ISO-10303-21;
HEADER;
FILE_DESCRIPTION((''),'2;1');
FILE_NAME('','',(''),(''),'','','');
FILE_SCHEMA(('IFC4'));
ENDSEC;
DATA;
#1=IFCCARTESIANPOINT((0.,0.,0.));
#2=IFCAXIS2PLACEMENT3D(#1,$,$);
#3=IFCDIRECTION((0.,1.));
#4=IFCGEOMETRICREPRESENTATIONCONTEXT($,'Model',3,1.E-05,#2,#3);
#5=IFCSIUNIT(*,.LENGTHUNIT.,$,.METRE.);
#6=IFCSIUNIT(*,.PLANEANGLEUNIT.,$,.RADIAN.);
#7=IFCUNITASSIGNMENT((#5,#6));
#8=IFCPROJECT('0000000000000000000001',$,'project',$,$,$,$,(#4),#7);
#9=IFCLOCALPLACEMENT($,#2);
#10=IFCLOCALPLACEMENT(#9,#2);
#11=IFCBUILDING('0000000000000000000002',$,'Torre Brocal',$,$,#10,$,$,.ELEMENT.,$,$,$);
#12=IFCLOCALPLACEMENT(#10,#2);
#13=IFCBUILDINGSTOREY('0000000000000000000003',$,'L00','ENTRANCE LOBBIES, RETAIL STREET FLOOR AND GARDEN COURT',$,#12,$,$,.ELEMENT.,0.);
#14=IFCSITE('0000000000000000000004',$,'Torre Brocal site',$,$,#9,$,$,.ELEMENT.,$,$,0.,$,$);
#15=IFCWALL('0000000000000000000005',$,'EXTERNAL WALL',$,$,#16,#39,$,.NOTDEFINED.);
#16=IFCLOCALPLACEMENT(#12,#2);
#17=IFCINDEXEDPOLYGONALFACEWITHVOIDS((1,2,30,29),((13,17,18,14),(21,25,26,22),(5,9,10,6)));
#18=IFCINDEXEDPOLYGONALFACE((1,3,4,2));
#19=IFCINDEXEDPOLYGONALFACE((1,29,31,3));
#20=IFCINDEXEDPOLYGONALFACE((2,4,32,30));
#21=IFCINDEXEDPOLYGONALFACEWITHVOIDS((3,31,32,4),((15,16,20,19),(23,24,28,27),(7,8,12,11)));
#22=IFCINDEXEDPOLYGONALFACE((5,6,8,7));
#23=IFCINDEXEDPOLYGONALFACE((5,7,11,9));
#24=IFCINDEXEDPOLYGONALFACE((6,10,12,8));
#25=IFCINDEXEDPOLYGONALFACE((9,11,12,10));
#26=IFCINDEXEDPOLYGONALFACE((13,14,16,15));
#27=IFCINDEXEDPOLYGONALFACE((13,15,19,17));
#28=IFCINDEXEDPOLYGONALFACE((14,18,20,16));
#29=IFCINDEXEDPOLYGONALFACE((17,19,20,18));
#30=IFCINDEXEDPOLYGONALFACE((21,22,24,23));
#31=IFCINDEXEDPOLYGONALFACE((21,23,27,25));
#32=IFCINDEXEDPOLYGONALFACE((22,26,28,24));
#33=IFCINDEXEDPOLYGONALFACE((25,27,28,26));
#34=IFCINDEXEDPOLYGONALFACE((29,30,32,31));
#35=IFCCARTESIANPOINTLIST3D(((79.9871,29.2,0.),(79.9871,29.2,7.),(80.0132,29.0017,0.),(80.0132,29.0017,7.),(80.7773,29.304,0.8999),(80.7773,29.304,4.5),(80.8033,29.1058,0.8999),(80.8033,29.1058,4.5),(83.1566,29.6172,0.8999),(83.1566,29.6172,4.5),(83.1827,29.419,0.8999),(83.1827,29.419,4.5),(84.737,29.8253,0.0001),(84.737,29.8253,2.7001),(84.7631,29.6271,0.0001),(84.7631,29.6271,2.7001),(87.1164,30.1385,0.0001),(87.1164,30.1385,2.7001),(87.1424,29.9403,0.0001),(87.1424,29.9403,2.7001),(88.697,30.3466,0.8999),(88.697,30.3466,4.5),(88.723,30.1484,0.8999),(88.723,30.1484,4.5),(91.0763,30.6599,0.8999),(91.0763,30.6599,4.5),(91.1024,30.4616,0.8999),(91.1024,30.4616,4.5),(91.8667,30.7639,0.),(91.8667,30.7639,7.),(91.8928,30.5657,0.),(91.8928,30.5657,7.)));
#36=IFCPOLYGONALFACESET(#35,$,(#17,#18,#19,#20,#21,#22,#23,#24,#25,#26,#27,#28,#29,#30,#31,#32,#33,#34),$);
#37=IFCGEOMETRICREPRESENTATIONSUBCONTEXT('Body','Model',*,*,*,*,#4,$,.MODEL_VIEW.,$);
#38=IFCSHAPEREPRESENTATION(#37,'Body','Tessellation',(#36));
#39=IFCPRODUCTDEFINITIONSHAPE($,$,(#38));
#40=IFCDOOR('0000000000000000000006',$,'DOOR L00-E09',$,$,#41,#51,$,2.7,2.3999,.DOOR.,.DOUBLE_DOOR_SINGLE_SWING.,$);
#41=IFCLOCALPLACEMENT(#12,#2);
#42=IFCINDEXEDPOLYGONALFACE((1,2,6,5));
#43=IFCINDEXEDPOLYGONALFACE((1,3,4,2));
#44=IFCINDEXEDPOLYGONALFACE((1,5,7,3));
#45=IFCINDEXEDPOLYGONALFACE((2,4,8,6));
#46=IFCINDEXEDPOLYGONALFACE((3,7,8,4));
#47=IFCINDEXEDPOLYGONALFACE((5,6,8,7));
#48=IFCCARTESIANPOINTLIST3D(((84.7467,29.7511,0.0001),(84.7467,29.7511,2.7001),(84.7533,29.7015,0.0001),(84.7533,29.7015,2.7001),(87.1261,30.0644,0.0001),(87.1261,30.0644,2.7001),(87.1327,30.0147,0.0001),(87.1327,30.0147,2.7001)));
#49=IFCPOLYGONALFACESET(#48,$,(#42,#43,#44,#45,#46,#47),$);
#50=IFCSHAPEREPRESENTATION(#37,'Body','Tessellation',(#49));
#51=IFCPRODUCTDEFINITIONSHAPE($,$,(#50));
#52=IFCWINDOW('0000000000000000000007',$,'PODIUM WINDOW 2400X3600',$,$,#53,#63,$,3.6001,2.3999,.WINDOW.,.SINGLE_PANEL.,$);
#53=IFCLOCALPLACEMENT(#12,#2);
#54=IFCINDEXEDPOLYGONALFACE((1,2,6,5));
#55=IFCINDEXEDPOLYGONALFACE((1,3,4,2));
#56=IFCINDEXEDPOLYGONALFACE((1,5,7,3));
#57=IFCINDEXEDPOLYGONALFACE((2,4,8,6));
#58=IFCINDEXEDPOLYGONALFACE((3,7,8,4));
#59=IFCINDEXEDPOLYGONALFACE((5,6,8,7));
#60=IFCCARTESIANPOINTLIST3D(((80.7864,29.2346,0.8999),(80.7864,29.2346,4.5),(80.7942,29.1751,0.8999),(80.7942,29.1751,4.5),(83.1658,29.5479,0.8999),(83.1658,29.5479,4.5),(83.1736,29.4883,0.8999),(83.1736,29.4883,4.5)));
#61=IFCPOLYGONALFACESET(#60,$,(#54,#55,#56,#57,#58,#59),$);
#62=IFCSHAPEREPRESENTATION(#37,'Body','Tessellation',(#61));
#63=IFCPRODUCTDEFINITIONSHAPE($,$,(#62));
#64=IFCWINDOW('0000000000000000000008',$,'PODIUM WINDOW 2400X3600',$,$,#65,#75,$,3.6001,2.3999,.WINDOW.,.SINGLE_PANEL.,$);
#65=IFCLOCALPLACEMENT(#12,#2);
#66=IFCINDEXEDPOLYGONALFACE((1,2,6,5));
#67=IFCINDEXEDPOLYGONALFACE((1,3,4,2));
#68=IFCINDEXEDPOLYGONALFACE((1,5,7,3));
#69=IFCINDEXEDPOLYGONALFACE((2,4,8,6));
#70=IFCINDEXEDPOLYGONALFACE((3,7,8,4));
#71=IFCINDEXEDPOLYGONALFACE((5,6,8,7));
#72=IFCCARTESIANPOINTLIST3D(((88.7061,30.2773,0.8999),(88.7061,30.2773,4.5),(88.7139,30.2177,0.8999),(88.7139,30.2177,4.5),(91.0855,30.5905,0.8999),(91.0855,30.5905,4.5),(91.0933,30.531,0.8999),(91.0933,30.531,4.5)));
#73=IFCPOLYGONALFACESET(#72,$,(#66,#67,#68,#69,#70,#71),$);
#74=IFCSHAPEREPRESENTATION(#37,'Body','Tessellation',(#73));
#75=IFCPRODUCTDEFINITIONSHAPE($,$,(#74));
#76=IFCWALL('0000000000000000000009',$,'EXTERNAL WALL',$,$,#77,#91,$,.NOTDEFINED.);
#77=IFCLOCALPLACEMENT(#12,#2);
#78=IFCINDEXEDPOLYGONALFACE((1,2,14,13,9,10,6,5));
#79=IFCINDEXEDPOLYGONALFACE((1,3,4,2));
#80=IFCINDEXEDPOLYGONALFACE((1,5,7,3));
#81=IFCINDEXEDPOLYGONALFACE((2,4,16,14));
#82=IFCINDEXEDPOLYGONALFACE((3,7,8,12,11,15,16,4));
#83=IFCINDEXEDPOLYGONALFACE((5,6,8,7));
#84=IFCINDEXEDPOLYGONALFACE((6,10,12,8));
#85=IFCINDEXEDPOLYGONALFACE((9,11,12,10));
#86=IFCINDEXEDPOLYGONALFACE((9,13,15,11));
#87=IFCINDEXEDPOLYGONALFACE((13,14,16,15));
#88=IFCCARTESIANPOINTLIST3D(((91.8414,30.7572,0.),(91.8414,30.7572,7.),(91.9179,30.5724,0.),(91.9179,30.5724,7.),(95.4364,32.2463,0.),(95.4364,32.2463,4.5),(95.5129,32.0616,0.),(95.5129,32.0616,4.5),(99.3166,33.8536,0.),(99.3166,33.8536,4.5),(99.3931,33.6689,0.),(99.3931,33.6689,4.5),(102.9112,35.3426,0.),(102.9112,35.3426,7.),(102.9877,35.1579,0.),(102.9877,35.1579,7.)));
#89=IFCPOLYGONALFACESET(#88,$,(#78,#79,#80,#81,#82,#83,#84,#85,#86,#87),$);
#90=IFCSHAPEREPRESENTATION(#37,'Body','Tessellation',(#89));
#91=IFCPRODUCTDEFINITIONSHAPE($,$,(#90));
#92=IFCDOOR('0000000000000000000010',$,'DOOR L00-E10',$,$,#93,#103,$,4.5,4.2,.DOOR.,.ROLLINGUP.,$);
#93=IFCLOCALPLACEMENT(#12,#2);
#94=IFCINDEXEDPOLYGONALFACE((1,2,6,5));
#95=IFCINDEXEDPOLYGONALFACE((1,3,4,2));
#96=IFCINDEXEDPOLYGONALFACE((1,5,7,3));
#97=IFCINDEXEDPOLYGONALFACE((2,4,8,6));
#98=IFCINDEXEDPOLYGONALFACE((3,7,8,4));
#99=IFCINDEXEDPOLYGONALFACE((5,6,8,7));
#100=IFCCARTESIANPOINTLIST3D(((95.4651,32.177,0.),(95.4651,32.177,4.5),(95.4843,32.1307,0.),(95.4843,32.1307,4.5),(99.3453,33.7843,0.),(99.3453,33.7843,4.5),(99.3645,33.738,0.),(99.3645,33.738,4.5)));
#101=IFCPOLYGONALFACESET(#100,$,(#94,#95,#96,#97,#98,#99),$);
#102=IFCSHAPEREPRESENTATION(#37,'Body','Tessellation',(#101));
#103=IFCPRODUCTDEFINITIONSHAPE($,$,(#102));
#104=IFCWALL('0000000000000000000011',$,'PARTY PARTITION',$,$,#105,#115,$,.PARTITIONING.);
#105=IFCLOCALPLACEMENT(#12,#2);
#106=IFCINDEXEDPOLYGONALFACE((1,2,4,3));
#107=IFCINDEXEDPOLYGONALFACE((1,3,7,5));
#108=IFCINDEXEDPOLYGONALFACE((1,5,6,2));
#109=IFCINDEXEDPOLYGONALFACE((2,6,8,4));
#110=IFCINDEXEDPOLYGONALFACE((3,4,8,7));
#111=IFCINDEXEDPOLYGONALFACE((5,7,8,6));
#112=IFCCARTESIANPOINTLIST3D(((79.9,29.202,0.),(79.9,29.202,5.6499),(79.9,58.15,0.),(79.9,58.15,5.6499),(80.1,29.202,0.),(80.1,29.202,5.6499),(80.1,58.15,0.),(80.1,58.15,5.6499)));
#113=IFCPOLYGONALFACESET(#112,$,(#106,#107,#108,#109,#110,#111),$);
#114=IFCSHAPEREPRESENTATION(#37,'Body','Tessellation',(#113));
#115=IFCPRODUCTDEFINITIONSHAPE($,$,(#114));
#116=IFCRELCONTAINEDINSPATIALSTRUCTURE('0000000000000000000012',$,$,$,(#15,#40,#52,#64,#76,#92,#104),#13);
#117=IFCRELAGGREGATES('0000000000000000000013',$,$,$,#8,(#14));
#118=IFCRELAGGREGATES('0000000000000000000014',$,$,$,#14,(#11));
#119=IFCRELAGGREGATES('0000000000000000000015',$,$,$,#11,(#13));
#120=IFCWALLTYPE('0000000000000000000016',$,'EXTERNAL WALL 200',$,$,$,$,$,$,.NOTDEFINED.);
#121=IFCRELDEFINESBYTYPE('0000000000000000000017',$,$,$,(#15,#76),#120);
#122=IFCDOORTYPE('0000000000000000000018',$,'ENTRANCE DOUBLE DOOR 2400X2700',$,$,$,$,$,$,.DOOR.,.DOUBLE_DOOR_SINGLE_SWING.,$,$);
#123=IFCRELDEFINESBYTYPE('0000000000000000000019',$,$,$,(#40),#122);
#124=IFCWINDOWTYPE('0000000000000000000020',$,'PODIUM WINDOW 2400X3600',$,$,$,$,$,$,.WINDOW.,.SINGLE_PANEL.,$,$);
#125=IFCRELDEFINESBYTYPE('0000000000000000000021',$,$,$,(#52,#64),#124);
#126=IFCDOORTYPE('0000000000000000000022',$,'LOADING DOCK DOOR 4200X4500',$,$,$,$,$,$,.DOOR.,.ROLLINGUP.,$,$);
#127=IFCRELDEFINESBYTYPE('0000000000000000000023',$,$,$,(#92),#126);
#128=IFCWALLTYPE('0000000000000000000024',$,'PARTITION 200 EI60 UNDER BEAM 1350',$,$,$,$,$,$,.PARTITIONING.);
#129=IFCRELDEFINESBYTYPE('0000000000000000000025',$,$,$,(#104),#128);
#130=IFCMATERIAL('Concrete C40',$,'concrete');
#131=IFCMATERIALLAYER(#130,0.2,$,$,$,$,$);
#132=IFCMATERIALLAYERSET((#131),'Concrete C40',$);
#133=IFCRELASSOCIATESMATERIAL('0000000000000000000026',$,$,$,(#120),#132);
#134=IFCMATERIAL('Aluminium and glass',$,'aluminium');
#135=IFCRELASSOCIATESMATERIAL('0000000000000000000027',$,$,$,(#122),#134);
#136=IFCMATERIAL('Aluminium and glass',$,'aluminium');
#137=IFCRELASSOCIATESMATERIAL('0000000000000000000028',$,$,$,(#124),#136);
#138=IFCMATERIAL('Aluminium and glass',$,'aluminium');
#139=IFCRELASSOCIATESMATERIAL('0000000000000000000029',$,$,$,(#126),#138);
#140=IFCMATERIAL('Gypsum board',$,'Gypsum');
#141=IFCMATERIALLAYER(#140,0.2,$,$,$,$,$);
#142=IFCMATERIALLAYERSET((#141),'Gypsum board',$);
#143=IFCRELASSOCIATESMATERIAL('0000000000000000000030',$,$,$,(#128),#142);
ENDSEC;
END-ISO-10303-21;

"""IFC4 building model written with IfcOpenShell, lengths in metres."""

from ifc_helpers import new_model, si_unit, direction, frame, frame_2d, origin, place, context, subcontext, project, spatial, rectangle, extrude, material, layer, layer_set, type_object, element, fill, save


model = new_model("IFC4")

# Units and contexts
model_context = context("Model", 3, precision=1e-05, world=origin(), true_north=direction((0.0, 1.0)))
body_context = subcontext(model_context, "Body", "Model", "MODEL_VIEW")
ifc_project = project(units=[si_unit("LENGTHUNIT", "METRE"), si_unit("PLANEANGLEUNIT", "RADIAN")], contexts=[model_context])

# Site, building, storey
site_placement = place(None, origin())
site = spatial("IfcSite", under=ifc_project, at=site_placement, Name="Torre Brocal site", CompositionType="ELEMENT", RefElevation=0.0)
building_placement = place(site_placement, origin())
building = spatial("IfcBuilding", under=site, at=building_placement, Name="Torre Brocal", CompositionType="ELEMENT")
storey_placement = place(building_placement, origin())
storey = spatial("IfcBuildingStorey", under=building, at=storey_placement, Name="L00", Description="ENTRANCE LOBBIES, RETAIL STREET FLOOR AND GARDEN COURT", CompositionType="ELEMENT", Elevation=0.0)

# Wall, openings, door, windows
ifc_material_1 = material(Name="Concrete C40", Category="concrete")
ifc_layer_1 = layer(ifc_material_1, 0.2)
ifc_layer_set_1 = layer_set([ifc_layer_1], Name="Concrete C40")
wall_type_1 = type_object("IfcWallType", Name="EXTERNAL WALL 200", PredefinedType="NOTDEFINED", material=ifc_layer_set_1)
wall_1_placement = place(storey_placement, frame((80.0, 29.1008, 0.0), z_axis=(0.0, 0.0, 1.0), x_axis=(0.991445, 0.130525, 0.0)))
wall_1 = element("IfcWall", 1, at=wall_1_placement, inside=storey, type_object=wall_type_1, Name="EXTERNAL WALL", PredefinedType="NOTDEFINED", context=body_context, shape_type="SweptSolid", body=[
    extrude(rectangle(XDim=11.9822, YDim=0.2, at=frame_2d((5.9912, 0.0))), origin(), (0.0, 0.0, 1.0), 7.0),
])
opening_1_placement = place(wall_1_placement, frame((0.7971, 0.0, 0.8999)))
opening_1 = element("IfcOpeningElement", 2, at=opening_1_placement, cuts=wall_1, PredefinedType="OPENING", context=body_context, shape_type="SweptSolid", body=[
    extrude(rectangle(XDim=2.3999, YDim=3.6001, at=frame_2d((1.2, 1.8))), frame((0.0, 0.1099, 0.0), z_axis=(0.0, -1.0, 0.0), x_axis=(1.0, 0.0, 0.0)), (0.0, 0.0, 1.0), 0.22),
])
opening_2_placement = place(wall_1_placement, frame((4.791, 0.0, 0.0)))
opening_2 = element("IfcOpeningElement", 3, at=opening_2_placement, cuts=wall_1, PredefinedType="OPENING", context=body_context, shape_type="SweptSolid", body=[
    extrude(rectangle(XDim=2.3999, YDim=2.7, at=frame_2d((1.2, 1.3501))), frame((0.0, 0.1099, 0.0), z_axis=(0.0, -1.0, 0.0), x_axis=(1.0, 0.0, 0.0)), (0.0, 0.0, 1.0), 0.22),
])
opening_3_placement = place(wall_1_placement, frame((8.7852, 0.0, 0.8999)))
opening_3 = element("IfcOpeningElement", 4, at=opening_3_placement, cuts=wall_1, PredefinedType="OPENING", context=body_context, shape_type="SweptSolid", body=[
    extrude(rectangle(XDim=2.3999, YDim=3.6001, at=frame_2d((1.2, 1.8))), frame((0.0, 0.1099, 0.0), z_axis=(0.0, -1.0, 0.0), x_axis=(1.0, 0.0, 0.0)), (0.0, 0.0, 1.0), 0.22),
])
ifc_material_2 = material(Name="Aluminium and glass", Category="aluminium")
door_type_1 = type_object("IfcDoorType", Name="ENTRANCE DOUBLE DOOR 2400X2700", OperationType="DOUBLE_DOOR_SINGLE_SWING", PredefinedType="DOOR", material=ifc_material_2)
door_1_placement = place(opening_2_placement, frame((2.3999, 0.0, 0.0), z_axis=(0.0, 0.0, 1.0), x_axis=(-1.0, 0.0, 0.0)))
door_1 = element("IfcDoor", 5, at=door_1_placement, inside=storey, type_object=door_type_1, Name="DOOR L00-E09", OperationType="DOUBLE_DOOR_SINGLE_SWING", OverallHeight=2.7, OverallWidth=2.3999, PredefinedType="DOOR", context=body_context, shape_type="SweptSolid", body=[
    extrude(rectangle(XDim=2.3999, YDim=2.7, at=frame_2d((1.2, 1.3501))), frame((0.0, 0.0249, 0.0), z_axis=(0.0, -1.0, 0.0), x_axis=(1.0, 0.0, 0.0)), (0.0, 0.0, 1.0), 0.05),
])
fill(opening_2, door_1)
ifc_material_3 = material(Name="Aluminium and glass", Category="aluminium")
window_type = type_object("IfcWindowType", Name="PODIUM WINDOW 2400X3600", PartitioningType="SINGLE_PANEL", PredefinedType="WINDOW", material=ifc_material_3)
window_1_placement = place(opening_1_placement, origin())
window_1 = element("IfcWindow", 6, at=window_1_placement, inside=storey, type_object=window_type, Name="PODIUM WINDOW 2400X3600", OverallHeight=3.6001, OverallWidth=2.3999, PartitioningType="SINGLE_PANEL", PredefinedType="WINDOW", context=body_context, shape_type="SweptSolid", body=[
    extrude(rectangle(XDim=2.3999, YDim=3.6001, at=frame_2d((1.2, 1.8))), frame((0.0, 0.03, 0.0), z_axis=(0.0, -1.0, 0.0), x_axis=(1.0, 0.0, 0.0)), (0.0, 0.0, 1.0), 0.0601),
])
fill(opening_1, window_1)
window_2_placement = place(opening_3_placement, origin())
window_2 = element("IfcWindow", 7, at=window_2_placement, inside=storey, type_object=window_type, Name="PODIUM WINDOW 2400X3600", OverallHeight=3.6001, OverallWidth=2.3999, PartitioningType="SINGLE_PANEL", PredefinedType="WINDOW", context=body_context, shape_type="SweptSolid", body=[
    extrude(rectangle(XDim=2.3999, YDim=3.6001, at=frame_2d((1.2, 1.8))), frame((0.0, 0.03, 0.0), z_axis=(0.0, -1.0, 0.0), x_axis=(1.0, 0.0, 0.0)), (0.0, 0.0, 1.0), 0.0601),
])
fill(opening_3, window_2)

# Wall, opening, door
wall_2_placement = place(storey_placement, frame((91.8796, 30.6648, 0.0), z_axis=(0.0, 0.0, 1.0), x_axis=(0.923874, 0.382696, 0.0)))
wall_2 = element("IfcWall", 8, at=wall_2_placement, inside=storey, type_object=wall_type_1, Name="EXTERNAL WALL", PredefinedType="NOTDEFINED", context=body_context, shape_type="SweptSolid", body=[
    extrude(rectangle(XDim=11.9819, YDim=0.2, at=frame_2d((5.991, 0.0))), origin(), (0.0, 0.0, 1.0), 7.0),
])
opening_4_placement = place(wall_2_placement, frame((3.8911, 0.0, 0.0)))
opening_4 = element("IfcOpeningElement", 9, at=opening_4_placement, cuts=wall_2, PredefinedType="OPENING", context=body_context, shape_type="SweptSolid", body=[
    extrude(rectangle(XDim=4.2, YDim=4.5, at=frame_2d((2.1001, 2.25))), frame((0.0, 0.1099, 0.0), z_axis=(0.0, -1.0, 0.0), x_axis=(1.0, 0.0, 0.0)), (0.0, 0.0, 1.0), 0.22),
])
ifc_material_4 = material(Name="Aluminium and glass", Category="aluminium")
door_type_2 = type_object("IfcDoorType", Name="LOADING DOCK DOOR 4200X4500", OperationType="ROLLINGUP", PredefinedType="DOOR", material=ifc_material_4)
door_2_placement = place(opening_4_placement, origin())
door_2 = element("IfcDoor", 10, at=door_2_placement, inside=storey, type_object=door_type_2, Name="DOOR L00-E10", OperationType="ROLLINGUP", OverallHeight=4.5, OverallWidth=4.2, PredefinedType="DOOR", context=body_context, shape_type="SweptSolid", body=[
    extrude(rectangle(XDim=4.2, YDim=4.5, at=frame_2d((2.1001, 2.25))), frame((0.0, 0.0249, 0.0), z_axis=(0.0, -1.0, 0.0), x_axis=(1.0, 0.0, 0.0)), (0.0, 0.0, 1.0), 0.05),
])
fill(opening_4, door_2)

# Wall
ifc_material_5 = material(Name="Gypsum board", Category="Gypsum")
ifc_layer_2 = layer(ifc_material_5, 0.2)
ifc_layer_set_2 = layer_set([ifc_layer_2], Name="Gypsum board")
wall_type_2 = type_object("IfcWallType", Name="PARTITION 200 EI60 UNDER BEAM 1350", PredefinedType="PARTITIONING", material=ifc_layer_set_2)
wall_3_placement = place(storey_placement, frame((80.0, 29.2019, 0.0), z_axis=(0.0, 0.0, 1.0), x_axis=(0.0, 1.0, 0.0)))
element("IfcWall", 11, at=wall_3_placement, inside=storey, type_object=wall_type_2, Name="PARTY PARTITION", PredefinedType="PARTITIONING", context=body_context, shape_type="SweptSolid", body=[
    extrude(rectangle(XDim=28.948, YDim=0.2, at=frame_2d((14.4741, 0.0))), origin(), (0.0, 0.0, 1.0), 5.6499),
])

save(model, "model.ifc")
